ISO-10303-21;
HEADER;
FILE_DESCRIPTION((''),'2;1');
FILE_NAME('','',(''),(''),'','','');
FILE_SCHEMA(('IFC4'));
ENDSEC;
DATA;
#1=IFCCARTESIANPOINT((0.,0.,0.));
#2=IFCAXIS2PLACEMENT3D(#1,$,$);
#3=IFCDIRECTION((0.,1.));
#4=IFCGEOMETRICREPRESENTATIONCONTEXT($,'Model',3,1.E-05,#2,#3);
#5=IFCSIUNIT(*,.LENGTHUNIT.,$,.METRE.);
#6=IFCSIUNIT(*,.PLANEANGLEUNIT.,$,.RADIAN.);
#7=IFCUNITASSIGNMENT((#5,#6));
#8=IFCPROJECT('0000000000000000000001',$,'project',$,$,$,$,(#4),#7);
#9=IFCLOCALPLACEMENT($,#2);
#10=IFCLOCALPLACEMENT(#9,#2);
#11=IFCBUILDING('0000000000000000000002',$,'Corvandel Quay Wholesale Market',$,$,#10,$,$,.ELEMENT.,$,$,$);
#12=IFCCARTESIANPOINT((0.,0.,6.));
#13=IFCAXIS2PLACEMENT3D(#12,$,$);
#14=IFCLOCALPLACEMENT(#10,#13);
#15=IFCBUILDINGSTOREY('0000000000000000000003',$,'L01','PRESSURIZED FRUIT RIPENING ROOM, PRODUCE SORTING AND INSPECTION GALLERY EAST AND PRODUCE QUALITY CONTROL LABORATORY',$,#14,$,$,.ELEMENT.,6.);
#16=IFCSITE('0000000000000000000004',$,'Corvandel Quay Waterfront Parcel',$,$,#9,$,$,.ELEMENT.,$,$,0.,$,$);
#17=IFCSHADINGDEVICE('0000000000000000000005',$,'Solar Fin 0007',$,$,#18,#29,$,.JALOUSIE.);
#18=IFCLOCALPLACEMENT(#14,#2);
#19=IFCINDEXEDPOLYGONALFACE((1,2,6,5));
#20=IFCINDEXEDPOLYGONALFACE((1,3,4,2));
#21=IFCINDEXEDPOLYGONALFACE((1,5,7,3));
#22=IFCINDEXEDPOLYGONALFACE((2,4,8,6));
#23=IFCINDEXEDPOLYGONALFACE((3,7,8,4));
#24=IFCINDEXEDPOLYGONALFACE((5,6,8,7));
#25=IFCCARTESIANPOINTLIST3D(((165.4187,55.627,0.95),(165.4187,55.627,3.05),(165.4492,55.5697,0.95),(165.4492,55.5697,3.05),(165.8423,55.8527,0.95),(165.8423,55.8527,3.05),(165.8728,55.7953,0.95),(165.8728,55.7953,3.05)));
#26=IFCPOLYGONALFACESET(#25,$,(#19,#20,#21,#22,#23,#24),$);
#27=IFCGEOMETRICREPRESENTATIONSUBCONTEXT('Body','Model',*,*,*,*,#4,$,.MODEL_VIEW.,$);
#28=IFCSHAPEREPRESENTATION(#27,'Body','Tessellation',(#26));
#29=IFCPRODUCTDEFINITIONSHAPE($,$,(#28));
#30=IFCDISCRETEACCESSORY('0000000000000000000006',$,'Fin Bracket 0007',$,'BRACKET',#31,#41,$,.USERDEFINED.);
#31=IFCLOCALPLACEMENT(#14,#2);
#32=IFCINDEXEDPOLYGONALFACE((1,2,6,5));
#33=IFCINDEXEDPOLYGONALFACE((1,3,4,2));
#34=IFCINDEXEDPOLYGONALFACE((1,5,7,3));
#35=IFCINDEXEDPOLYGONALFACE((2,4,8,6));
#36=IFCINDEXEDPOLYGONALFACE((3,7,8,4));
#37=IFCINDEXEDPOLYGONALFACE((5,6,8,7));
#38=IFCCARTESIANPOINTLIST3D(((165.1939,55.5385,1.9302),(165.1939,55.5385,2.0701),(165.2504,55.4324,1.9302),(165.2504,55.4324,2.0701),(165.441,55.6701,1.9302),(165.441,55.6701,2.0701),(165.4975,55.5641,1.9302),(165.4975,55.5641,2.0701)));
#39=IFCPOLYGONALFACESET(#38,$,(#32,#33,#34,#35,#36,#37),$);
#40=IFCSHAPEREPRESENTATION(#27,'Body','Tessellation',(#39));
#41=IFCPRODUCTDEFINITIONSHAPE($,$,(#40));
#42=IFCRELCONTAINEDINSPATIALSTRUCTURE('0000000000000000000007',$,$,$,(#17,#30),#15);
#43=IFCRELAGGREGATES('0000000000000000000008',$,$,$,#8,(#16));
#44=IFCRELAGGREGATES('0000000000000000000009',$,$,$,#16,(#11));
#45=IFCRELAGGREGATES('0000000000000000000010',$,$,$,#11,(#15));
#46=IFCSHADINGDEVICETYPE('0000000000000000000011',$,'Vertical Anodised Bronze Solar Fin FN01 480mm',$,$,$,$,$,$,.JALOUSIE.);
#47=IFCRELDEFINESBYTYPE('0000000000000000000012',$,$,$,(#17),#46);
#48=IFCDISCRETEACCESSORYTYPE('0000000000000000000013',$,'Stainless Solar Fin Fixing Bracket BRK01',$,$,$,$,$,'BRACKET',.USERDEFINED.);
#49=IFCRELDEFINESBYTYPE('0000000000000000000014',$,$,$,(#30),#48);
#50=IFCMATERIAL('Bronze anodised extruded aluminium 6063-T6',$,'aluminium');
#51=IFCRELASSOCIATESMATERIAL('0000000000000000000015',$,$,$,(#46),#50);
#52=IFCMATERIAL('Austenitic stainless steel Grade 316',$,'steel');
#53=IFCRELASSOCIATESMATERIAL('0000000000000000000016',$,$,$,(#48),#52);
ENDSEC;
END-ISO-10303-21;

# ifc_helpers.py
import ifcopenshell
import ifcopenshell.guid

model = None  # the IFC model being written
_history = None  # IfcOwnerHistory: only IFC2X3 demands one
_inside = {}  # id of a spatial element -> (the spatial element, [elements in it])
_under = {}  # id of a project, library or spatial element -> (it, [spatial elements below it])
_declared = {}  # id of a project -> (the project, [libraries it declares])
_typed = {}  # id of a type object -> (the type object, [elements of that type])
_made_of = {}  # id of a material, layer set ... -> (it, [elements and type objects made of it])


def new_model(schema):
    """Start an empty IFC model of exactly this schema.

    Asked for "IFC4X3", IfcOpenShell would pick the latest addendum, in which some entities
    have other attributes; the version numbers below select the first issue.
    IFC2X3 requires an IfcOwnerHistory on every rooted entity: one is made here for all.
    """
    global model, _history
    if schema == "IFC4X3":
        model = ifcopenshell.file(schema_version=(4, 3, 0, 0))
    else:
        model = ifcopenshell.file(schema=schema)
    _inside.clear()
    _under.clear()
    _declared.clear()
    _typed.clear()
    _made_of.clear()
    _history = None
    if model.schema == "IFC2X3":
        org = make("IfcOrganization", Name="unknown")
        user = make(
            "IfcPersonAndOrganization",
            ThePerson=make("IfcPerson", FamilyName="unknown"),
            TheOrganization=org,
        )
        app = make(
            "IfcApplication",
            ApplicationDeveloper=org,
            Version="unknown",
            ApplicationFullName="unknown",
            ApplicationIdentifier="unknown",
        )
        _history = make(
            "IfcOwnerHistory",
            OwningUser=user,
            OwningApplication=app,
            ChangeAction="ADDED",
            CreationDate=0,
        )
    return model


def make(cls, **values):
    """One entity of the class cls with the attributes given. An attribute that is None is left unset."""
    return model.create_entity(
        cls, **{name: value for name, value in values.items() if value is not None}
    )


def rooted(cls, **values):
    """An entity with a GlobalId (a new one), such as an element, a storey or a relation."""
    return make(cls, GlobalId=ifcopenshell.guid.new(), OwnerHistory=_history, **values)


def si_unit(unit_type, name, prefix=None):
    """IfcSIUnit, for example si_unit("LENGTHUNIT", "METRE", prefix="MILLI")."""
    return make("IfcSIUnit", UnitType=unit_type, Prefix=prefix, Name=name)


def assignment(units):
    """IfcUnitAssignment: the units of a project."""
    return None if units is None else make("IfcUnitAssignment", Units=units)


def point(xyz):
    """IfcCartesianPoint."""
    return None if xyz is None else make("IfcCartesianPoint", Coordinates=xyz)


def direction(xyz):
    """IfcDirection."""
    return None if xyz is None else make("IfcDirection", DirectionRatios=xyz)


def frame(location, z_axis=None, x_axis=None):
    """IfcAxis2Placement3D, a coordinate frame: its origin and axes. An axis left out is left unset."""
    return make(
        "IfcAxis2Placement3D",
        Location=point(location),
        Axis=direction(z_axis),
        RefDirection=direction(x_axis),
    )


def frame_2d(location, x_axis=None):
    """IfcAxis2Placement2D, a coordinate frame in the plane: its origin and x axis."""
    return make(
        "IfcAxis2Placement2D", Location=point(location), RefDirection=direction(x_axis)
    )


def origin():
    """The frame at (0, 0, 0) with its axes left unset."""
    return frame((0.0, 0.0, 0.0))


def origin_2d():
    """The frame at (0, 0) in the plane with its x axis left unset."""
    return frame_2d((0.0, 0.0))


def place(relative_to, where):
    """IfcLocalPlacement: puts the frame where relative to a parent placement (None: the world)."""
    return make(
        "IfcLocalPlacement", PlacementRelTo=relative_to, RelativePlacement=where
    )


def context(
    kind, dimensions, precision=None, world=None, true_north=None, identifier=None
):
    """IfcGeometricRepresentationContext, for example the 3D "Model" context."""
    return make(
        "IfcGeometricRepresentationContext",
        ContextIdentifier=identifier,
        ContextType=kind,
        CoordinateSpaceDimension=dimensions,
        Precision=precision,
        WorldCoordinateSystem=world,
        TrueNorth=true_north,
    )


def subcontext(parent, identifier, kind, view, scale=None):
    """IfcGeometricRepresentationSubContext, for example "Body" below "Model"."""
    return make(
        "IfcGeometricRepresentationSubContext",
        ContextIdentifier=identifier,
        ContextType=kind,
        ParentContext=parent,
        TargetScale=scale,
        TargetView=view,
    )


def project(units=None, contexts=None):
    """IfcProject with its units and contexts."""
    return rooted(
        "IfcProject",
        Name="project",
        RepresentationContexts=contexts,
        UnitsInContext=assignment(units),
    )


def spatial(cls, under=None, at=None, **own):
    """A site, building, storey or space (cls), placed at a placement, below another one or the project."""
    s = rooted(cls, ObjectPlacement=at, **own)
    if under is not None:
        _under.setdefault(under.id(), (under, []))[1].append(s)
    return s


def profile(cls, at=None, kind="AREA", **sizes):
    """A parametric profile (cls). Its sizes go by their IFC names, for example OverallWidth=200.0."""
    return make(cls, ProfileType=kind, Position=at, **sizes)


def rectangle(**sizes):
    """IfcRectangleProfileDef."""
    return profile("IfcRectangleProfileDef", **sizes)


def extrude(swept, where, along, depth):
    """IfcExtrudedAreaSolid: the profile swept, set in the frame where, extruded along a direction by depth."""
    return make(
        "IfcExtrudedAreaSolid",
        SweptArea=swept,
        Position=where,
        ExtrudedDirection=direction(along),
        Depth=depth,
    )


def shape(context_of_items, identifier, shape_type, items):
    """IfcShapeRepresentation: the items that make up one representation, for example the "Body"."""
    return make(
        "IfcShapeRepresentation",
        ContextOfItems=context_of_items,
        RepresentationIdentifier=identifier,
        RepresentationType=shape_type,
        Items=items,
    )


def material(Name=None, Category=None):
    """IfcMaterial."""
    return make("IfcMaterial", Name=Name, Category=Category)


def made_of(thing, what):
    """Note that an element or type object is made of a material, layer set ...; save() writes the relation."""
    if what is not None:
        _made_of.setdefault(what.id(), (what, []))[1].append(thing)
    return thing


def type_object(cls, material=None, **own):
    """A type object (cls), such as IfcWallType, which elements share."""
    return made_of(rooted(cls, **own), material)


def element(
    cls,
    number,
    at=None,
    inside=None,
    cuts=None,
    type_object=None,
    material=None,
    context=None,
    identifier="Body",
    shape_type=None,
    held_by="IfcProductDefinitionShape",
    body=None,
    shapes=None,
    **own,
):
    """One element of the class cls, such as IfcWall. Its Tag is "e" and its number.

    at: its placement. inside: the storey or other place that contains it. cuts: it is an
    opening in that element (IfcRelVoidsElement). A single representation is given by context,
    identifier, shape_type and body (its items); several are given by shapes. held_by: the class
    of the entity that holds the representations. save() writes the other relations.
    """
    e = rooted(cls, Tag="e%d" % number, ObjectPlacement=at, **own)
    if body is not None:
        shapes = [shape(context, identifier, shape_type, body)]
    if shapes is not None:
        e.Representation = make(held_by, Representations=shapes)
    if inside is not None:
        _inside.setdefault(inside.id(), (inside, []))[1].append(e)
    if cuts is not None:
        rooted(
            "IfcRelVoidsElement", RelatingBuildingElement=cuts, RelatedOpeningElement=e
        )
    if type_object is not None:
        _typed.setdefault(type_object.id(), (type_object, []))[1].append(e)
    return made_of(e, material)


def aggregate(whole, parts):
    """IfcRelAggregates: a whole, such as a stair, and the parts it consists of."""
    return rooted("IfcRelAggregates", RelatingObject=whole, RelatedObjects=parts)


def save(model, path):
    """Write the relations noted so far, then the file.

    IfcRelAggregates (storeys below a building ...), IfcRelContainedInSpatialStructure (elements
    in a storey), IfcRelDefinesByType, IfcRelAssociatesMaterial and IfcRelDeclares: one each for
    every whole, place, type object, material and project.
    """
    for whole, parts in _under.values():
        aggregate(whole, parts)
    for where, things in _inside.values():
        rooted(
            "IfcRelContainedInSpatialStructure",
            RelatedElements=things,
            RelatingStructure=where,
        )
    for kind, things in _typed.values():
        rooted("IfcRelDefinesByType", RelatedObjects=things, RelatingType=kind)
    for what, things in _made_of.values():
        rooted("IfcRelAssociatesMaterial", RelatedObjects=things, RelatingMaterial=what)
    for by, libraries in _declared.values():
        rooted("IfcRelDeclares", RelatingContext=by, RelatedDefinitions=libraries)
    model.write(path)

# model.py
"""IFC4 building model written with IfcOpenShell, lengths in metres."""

from ifc_helpers import new_model, si_unit, direction, frame, origin, origin_2d, place, context, subcontext, project, spatial, rectangle, extrude, material, type_object, element, save


model = new_model("IFC4")

# Units and contexts
model_context = context("Model", 3, precision=1e-05, world=origin(), true_north=direction((0.0, 1.0)))
body_context = subcontext(model_context, "Body", "Model", "MODEL_VIEW")
ifc_project = project(units=[si_unit("LENGTHUNIT", "METRE"), si_unit("PLANEANGLEUNIT", "RADIAN")], contexts=[model_context])

# Site, building, storey
site_placement = place(None, origin())
site = spatial("IfcSite", under=ifc_project, at=site_placement, Name="Corvandel Quay Waterfront Parcel", CompositionType="ELEMENT", RefElevation=0.0)
building_placement = place(site_placement, origin())
building = spatial("IfcBuilding", under=site, at=building_placement, Name="Corvandel Quay Wholesale Market", CompositionType="ELEMENT")
storey_placement = place(building_placement, frame((0.0, 0.0, 6.0)))
storey = spatial("IfcBuildingStorey", under=building, at=storey_placement, Name="L01", Description="PRESSURIZED FRUIT RIPENING ROOM, PRODUCE SORTING AND INSPECTION GALLERY EAST AND PRODUCE QUALITY CONTROL LABORATORY", CompositionType="ELEMENT", Elevation=6.0)

# Shading device
ifc_material_1 = material(Name="Bronze anodised extruded aluminium 6063-T6", Category="aluminium")
shading_device_type = type_object("IfcShadingDeviceType", Name="Vertical Anodised Bronze Solar Fin FN01 480mm", PredefinedType="JALOUSIE", material=ifc_material_1)
shading_device_placement = place(storey_placement, frame((165.6458, 55.7112, 0.95), z_axis=(0.0, 0.0, 1.0), x_axis=(0.88262, 0.470088, 0.0)))
element("IfcShadingDevice", 1, at=shading_device_placement, inside=storey, type_object=shading_device_type, Name="Solar Fin 0007", PredefinedType="JALOUSIE", context=body_context, shape_type="SweptSolid", body=[
    extrude(rectangle(XDim=0.48, YDim=0.0649, at=origin_2d()), origin(), (0.0, 0.0, 1.0), 2.1001),
])

# Discrete accessory
ifc_material_2 = material(Name="Austenitic stainless steel Grade 316", Category="steel")
discrete_accessory_type = type_object("IfcDiscreteAccessoryType", Name="Stainless Solar Fin Fixing Bracket BRK01", ElementType="BRACKET", PredefinedType="USERDEFINED", material=ifc_material_2)
discrete_accessory_placement = place(storey_placement, frame((165.3457, 55.5513, 1.9302), z_axis=(0.0, 0.0, 1.0), x_axis=(0.88262, 0.470088, 0.0)))
element("IfcDiscreteAccessory", 2, at=discrete_accessory_placement, inside=storey, type_object=discrete_accessory_type, Name="Fin Bracket 0007", ObjectType="BRACKET", PredefinedType="USERDEFINED", context=body_context, shape_type="SweptSolid", body=[
    extrude(rectangle(XDim=0.28, YDim=0.1201, at=origin_2d()), origin(), (0.0, 0.0, 1.0), 0.1399),
])

save(model, "model.ifc")
